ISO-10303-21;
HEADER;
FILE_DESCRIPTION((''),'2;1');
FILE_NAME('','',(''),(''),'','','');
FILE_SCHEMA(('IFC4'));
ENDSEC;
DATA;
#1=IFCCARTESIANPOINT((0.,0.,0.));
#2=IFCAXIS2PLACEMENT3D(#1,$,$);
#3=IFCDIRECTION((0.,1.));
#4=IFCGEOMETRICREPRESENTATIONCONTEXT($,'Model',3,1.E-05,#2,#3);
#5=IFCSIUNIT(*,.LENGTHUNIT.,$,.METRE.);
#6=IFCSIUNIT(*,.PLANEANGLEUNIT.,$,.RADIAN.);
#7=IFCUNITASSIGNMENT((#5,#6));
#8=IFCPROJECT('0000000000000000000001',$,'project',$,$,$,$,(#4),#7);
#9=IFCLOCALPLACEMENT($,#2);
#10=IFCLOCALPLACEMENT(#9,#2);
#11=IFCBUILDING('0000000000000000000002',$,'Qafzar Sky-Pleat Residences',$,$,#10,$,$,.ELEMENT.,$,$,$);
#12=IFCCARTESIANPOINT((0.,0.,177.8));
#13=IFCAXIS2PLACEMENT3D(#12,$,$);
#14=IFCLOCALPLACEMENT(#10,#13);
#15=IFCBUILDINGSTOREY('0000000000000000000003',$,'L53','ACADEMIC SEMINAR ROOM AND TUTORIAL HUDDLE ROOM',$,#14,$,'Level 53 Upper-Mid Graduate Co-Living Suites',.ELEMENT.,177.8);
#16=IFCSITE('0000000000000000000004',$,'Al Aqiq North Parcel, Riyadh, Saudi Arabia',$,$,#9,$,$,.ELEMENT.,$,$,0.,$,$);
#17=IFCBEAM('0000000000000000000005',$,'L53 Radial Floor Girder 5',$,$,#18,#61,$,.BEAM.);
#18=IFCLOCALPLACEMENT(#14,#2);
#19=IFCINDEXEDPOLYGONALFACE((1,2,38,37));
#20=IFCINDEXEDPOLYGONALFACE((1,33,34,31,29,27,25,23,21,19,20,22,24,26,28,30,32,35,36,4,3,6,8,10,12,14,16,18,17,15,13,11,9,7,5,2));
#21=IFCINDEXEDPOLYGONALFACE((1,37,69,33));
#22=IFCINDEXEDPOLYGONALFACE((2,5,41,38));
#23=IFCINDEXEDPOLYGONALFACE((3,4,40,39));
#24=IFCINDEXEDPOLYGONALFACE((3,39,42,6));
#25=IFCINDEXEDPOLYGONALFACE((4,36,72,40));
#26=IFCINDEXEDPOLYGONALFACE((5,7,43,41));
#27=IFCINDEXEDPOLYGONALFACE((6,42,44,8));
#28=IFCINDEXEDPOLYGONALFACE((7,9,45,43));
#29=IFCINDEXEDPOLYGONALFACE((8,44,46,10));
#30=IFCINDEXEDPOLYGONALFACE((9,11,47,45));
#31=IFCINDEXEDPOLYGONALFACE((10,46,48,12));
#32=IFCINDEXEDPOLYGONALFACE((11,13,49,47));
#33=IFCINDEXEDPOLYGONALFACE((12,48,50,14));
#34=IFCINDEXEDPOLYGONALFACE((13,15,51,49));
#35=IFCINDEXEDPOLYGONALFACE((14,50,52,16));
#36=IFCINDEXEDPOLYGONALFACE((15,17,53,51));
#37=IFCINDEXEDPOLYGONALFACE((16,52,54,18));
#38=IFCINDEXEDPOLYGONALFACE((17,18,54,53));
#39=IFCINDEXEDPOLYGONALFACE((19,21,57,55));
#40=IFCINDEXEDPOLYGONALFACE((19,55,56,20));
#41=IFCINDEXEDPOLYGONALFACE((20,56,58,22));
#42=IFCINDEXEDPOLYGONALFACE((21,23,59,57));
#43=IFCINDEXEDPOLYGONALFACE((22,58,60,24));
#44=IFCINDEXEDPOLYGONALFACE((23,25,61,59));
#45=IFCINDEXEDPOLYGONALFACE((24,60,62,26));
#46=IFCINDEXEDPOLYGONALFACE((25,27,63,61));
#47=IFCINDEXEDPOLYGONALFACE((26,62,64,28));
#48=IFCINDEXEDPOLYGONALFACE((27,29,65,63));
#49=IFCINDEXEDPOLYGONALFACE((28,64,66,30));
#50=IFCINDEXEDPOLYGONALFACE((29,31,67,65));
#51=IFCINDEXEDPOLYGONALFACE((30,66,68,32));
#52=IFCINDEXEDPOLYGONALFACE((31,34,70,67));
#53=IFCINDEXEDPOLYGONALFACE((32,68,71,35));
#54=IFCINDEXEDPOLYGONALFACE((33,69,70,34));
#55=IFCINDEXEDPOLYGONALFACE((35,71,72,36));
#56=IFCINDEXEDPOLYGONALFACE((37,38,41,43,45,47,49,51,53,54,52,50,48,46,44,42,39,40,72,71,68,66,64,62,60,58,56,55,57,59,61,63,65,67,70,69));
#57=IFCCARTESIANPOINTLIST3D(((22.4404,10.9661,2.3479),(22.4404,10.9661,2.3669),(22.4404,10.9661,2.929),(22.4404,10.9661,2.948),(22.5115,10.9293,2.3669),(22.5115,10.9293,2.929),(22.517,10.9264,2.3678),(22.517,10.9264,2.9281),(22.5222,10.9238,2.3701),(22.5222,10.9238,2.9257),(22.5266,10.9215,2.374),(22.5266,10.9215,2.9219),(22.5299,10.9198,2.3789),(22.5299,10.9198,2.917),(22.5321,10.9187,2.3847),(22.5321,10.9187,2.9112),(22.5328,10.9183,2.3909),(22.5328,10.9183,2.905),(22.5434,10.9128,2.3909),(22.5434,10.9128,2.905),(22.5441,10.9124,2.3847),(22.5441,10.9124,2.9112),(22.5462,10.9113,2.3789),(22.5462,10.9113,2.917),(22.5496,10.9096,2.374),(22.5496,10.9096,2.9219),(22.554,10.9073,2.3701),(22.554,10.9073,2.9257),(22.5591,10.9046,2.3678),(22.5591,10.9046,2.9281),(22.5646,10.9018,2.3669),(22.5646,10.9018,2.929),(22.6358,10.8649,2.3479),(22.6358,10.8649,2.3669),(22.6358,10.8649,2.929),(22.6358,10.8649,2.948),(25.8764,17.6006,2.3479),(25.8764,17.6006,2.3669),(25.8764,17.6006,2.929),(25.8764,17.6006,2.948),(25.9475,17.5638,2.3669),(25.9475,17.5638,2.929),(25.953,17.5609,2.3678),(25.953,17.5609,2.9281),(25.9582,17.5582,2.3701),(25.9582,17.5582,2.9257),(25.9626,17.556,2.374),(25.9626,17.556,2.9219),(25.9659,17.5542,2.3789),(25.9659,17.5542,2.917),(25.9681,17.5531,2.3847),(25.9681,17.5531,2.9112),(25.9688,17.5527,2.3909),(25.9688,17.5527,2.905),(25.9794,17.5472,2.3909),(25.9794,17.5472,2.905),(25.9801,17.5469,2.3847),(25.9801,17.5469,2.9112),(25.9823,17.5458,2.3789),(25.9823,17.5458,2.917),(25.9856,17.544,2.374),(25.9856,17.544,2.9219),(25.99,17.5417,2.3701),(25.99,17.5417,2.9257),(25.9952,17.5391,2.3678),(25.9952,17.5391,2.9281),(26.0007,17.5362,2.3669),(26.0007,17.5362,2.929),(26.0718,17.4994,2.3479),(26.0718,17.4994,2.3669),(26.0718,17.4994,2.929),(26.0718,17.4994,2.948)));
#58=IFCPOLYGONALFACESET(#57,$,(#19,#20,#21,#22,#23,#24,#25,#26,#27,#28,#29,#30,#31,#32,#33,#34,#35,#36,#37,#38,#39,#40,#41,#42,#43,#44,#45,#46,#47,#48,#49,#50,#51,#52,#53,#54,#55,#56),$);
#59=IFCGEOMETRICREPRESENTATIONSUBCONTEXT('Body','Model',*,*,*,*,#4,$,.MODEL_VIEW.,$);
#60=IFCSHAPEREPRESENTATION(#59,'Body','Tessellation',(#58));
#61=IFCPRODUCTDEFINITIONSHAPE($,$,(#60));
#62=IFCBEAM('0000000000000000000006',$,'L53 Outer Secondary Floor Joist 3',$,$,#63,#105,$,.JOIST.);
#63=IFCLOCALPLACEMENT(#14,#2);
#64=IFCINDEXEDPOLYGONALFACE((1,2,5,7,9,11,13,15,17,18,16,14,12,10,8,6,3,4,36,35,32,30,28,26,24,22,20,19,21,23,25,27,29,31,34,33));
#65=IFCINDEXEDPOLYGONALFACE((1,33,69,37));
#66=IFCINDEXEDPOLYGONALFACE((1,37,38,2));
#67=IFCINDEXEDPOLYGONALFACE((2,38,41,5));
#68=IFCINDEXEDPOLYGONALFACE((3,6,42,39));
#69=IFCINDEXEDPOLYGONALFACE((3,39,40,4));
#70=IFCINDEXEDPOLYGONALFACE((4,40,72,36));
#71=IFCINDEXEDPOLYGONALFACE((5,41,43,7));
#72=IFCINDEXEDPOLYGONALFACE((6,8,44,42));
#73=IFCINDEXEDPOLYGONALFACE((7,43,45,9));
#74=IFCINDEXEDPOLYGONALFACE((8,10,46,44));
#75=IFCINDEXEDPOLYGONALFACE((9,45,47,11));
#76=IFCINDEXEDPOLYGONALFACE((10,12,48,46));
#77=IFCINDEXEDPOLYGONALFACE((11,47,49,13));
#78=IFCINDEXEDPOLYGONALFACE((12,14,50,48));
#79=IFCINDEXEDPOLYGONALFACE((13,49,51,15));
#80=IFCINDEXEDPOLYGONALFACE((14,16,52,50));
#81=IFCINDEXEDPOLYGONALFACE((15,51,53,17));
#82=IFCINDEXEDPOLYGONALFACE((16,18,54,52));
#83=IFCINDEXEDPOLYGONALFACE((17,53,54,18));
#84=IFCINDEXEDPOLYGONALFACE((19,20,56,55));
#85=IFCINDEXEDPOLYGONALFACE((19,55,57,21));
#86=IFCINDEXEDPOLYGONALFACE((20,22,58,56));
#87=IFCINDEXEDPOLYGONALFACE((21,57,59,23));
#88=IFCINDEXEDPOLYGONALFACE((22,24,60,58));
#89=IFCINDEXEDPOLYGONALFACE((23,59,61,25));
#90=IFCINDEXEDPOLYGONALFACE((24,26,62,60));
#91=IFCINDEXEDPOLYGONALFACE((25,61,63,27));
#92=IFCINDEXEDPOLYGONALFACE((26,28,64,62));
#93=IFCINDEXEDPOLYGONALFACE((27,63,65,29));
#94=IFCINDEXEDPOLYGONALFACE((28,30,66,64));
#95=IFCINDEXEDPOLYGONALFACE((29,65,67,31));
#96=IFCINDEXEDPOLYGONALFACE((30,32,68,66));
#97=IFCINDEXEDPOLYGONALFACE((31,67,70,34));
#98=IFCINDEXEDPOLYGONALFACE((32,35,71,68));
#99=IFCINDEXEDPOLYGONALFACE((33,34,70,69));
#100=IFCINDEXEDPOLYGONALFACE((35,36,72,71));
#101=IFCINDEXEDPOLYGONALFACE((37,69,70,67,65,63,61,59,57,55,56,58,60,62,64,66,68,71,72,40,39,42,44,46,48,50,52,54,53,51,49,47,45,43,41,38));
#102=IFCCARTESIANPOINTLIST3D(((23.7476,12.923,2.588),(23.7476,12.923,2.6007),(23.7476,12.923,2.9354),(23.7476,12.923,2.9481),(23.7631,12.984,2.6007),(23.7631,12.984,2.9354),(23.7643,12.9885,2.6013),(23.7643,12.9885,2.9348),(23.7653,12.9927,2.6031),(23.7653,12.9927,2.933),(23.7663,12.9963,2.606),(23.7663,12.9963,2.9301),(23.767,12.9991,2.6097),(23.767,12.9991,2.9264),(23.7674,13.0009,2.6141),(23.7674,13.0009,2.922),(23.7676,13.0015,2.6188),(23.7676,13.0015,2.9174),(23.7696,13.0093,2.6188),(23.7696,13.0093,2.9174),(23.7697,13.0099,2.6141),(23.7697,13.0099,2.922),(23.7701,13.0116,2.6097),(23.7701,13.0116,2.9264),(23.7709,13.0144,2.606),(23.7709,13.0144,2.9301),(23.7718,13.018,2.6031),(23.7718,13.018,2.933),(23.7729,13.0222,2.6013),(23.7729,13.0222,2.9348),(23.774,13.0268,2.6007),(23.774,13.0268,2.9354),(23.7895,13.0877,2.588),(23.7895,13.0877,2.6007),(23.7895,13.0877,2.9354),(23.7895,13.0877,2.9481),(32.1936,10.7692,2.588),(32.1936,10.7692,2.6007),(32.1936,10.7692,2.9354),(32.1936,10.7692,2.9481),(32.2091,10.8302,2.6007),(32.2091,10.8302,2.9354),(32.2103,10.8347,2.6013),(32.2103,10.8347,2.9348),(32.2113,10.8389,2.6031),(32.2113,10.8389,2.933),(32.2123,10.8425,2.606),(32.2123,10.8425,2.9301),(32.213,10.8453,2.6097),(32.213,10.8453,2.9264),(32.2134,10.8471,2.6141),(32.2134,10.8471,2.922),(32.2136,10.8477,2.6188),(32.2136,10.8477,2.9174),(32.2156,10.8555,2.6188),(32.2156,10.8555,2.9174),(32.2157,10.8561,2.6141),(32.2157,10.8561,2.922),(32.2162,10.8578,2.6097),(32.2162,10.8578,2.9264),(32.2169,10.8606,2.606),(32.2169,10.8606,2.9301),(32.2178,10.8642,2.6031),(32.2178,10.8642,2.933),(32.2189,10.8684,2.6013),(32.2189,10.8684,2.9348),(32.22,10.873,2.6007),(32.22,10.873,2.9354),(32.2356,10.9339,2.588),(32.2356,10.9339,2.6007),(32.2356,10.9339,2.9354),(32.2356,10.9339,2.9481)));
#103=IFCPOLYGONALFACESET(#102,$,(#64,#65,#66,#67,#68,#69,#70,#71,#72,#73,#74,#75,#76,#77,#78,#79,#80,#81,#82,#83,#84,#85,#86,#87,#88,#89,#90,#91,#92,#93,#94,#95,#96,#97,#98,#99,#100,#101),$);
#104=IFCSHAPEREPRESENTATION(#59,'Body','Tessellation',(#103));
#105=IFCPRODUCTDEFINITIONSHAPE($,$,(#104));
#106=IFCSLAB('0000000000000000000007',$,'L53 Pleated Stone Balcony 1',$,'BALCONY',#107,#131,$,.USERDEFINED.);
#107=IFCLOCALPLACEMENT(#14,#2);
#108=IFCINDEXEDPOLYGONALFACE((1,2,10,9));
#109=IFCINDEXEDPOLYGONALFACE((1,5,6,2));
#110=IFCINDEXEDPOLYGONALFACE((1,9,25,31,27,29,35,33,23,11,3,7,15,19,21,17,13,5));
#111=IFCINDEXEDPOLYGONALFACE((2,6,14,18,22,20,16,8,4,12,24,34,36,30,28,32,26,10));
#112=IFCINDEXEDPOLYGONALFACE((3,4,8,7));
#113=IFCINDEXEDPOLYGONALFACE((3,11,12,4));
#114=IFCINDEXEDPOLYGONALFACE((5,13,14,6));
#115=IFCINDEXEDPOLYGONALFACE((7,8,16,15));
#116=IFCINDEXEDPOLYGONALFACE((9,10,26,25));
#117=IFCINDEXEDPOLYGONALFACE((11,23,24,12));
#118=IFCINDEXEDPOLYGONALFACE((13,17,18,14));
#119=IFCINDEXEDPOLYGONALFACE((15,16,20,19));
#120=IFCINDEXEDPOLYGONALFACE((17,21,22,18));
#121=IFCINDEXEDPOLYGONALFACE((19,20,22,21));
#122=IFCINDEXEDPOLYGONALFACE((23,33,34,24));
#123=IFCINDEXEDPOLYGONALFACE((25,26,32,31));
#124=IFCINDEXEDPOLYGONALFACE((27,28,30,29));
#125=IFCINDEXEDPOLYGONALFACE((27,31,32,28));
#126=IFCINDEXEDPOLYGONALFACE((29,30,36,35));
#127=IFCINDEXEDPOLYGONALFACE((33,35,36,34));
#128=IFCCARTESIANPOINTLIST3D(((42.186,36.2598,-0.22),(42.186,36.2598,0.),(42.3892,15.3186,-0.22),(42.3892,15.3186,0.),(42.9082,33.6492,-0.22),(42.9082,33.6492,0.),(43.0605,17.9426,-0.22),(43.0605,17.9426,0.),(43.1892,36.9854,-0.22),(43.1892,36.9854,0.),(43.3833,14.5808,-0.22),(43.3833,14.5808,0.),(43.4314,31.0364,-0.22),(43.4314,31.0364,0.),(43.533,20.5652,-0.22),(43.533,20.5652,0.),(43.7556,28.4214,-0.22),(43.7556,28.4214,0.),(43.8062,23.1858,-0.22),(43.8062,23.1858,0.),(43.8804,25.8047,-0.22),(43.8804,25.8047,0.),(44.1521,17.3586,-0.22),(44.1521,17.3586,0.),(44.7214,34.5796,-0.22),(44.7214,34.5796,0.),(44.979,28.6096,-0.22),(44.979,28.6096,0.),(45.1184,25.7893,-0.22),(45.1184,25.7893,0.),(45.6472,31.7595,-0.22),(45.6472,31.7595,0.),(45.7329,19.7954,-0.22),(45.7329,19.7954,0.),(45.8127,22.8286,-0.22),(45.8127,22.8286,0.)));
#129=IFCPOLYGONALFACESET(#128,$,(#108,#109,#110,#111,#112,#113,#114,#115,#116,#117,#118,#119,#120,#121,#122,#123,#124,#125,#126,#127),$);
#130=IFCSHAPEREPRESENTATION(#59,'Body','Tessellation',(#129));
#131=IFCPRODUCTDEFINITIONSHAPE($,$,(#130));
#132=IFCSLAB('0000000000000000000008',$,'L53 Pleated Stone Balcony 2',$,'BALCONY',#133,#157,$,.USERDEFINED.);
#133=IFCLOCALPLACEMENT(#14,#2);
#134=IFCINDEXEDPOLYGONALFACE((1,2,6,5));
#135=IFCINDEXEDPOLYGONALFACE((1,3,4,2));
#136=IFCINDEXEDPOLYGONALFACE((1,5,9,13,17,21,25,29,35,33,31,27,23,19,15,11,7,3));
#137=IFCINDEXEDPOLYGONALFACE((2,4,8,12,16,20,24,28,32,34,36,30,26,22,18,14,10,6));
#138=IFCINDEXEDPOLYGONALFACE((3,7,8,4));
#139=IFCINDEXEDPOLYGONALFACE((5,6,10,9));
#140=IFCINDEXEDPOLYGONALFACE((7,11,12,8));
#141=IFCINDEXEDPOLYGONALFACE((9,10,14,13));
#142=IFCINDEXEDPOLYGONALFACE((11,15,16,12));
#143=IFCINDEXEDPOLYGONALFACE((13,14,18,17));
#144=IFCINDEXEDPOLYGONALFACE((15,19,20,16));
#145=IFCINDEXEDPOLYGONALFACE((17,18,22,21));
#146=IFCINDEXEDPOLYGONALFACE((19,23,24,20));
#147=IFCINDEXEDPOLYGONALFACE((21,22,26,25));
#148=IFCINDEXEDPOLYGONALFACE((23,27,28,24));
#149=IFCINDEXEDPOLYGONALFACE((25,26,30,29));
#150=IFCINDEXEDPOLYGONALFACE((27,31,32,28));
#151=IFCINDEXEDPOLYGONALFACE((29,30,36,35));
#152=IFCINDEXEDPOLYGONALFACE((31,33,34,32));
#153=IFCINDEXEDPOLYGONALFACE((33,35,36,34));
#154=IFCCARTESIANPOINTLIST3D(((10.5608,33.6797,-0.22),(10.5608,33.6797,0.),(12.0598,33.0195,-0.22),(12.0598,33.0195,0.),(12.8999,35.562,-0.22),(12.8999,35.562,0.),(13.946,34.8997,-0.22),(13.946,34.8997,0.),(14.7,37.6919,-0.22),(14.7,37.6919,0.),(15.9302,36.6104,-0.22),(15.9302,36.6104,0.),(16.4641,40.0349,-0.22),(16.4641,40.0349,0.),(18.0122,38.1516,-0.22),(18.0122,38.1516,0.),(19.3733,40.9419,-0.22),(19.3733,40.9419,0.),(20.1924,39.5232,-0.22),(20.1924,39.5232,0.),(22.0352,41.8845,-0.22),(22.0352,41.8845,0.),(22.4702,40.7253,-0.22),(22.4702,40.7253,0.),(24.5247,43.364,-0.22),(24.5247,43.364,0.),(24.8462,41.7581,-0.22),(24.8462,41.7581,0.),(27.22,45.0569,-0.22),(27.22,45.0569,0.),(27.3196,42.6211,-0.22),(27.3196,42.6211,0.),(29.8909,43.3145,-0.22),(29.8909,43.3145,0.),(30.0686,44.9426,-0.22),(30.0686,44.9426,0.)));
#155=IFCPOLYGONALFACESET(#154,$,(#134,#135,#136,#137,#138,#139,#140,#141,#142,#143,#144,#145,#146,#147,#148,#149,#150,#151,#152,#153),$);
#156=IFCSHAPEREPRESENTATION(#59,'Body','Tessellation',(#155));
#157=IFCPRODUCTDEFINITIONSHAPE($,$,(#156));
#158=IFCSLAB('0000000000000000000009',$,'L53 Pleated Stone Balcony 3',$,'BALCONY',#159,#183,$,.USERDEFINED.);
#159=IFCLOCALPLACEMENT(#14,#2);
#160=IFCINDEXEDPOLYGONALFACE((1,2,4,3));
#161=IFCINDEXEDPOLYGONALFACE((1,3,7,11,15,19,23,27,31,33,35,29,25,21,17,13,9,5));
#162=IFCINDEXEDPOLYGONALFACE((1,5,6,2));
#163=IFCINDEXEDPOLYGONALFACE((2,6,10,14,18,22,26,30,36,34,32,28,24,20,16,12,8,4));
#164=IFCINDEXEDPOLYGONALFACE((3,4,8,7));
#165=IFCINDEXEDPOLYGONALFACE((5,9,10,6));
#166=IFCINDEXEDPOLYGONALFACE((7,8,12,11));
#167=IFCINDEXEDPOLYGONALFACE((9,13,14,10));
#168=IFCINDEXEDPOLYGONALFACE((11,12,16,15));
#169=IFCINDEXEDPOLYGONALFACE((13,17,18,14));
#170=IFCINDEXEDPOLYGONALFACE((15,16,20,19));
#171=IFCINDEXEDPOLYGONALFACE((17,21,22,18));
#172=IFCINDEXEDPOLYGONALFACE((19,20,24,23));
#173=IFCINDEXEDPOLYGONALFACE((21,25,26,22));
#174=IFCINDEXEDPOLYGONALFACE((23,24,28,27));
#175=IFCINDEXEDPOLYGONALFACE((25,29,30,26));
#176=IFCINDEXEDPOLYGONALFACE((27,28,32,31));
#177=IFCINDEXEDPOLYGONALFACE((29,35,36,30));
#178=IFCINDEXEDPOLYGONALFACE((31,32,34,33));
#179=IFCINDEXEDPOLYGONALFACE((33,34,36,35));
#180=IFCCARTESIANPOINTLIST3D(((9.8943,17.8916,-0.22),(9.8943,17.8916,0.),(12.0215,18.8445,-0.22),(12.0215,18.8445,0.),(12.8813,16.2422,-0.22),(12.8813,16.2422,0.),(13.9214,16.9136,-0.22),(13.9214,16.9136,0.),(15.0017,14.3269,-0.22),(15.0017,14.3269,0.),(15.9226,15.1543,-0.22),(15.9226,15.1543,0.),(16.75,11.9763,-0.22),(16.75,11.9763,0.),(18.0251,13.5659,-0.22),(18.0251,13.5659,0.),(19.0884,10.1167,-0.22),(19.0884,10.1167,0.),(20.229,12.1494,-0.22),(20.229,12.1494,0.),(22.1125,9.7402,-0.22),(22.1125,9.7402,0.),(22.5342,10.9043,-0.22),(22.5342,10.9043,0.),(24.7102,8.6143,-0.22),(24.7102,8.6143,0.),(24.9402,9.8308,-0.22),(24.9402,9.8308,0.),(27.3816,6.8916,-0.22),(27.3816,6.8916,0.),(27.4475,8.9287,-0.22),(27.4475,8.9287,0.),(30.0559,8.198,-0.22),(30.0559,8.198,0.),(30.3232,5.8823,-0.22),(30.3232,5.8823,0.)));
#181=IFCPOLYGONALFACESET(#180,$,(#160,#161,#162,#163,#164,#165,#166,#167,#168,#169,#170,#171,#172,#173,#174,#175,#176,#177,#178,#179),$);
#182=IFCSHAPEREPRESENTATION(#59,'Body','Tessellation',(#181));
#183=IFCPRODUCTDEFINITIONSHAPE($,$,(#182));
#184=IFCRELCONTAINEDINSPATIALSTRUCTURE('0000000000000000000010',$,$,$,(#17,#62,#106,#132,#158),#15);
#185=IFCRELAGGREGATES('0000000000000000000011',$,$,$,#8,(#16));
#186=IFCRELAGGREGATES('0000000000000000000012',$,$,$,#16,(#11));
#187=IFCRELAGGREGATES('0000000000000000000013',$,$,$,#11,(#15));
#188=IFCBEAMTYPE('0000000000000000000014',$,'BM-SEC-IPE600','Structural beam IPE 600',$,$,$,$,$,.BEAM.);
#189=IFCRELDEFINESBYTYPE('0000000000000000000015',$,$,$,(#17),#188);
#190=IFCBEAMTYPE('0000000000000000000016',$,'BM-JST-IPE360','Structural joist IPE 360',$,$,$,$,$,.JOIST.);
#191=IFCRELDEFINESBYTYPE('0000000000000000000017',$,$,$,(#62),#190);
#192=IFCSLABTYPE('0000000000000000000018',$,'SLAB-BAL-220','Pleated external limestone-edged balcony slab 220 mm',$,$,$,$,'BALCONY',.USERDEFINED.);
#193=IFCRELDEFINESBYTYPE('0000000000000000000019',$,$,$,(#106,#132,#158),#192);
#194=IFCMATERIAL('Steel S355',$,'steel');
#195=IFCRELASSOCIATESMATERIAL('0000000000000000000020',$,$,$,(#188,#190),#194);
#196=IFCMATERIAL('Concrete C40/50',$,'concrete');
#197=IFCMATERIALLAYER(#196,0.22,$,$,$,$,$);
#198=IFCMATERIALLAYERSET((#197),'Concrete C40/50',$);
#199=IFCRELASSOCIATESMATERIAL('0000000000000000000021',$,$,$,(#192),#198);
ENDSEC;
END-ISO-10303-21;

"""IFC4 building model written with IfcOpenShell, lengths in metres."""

from ifc_helpers import new_model, si_unit, direction, frame, origin, origin_2d, place, context, subcontext, project, spatial, polyline, i_section, outline, extrude, source, transform, mapped, material, layer, layer_set, material_profile, profile_set, type_object, element, save


model = new_model("IFC4")

# Units and contexts
model_context = context("Model", 3, precision=1e-05, world=origin(), true_north=direction((0.0, 1.0)))
body_context = subcontext(model_context, "Body", "Model", "MODEL_VIEW")
ifc_project = project(units=[si_unit("LENGTHUNIT", "METRE"), si_unit("PLANEANGLEUNIT", "RADIAN")], contexts=[model_context])

# Site, building, storey
site_placement = place(None, origin())
site = spatial("IfcSite", under=ifc_project, at=site_placement, Name="Al Aqiq North Parcel, Riyadh, Saudi Arabia", CompositionType="ELEMENT", RefElevation=0.0)
building_placement = place(site_placement, origin())
building = spatial("IfcBuilding", under=site, at=building_placement, Name="Qafzar Sky-Pleat Residences", CompositionType="ELEMENT")
storey_placement = place(building_placement, frame((0.0, 0.0, 177.8)))
storey = spatial("IfcBuildingStorey", under=building, at=storey_placement, Name="L53", Description="ACADEMIC SEMINAR ROOM AND TUTORIAL HUDDLE ROOM", LongName="Level 53 Upper-Mid Graduate Co-Living Suites", CompositionType="ELEMENT", Elevation=177.8)

# Shared definitions
ifc_material_1 = material(Name="Steel S355", Category="steel")

# Beams
ifc_material_profile_1 = material_profile(ifc_material_1, i_section(OverallWidth=0.22, OverallDepth=0.6001, WebThickness=0.012, FlangeThickness=0.019, FilletRadius=0.0239, at=origin_2d()), Name="IPE 600")
ifc_profile_set_1 = profile_set([ifc_material_profile_1], Name="Steel S355")
beam_type_1 = type_object("IfcBeamType", Name="BM-SEC-IPE600", Description="Structural beam IPE 600", PredefinedType="BEAM", material=ifc_profile_set_1)
shared_shape_1 = source(origin(), body_context, "Body", "SweptSolid", [
    extrude(i_section(OverallWidth=0.22, OverallDepth=0.6001, WebThickness=0.012, FlangeThickness=0.019, FilletRadius=0.0239, at=origin_2d()), origin(), (0.0, 0.0, 1.0), 7.4714),
])
beam_1_placement = place(storey_placement, frame((22.5381, 10.9155, 2.6479), z_axis=(0.459886, 0.887978, 0.0), x_axis=(-0.887978, 0.459886, 0.0)))
element("IfcBeam", 1, at=beam_1_placement, inside=storey, type_object=beam_type_1, Name="L53 Radial Floor Girder 5", PredefinedType="BEAM", context=body_context, shape_type="MappedRepresentation", body=[
    mapped(shared_shape_1, transform((0.0, 0.0, 0.0), x_axis=(1.0, 0.0, 0.0), y_axis=(0.0, 1.0, 0.0), z_axis=(0.0, 0.0, 1.0), scale=1.0)),
])
ifc_material_profile_2 = material_profile(ifc_material_1, i_section(OverallWidth=0.1699, OverallDepth=0.3601, WebThickness=0.0081, FlangeThickness=0.0127, FilletRadius=0.0181, at=origin_2d()), Name="IPE 360")
ifc_profile_set_2 = profile_set([ifc_material_profile_2], Name="Steel S355")
beam_type_2 = type_object("IfcBeamType", Name="BM-JST-IPE360", Description="Structural joist IPE 360", PredefinedType="JOIST", material=ifc_profile_set_2)
shared_shape_2 = source(origin(), body_context, "Body", "SweptSolid", [
    extrude(i_section(OverallWidth=0.1699, OverallDepth=0.3601, WebThickness=0.0081, FlangeThickness=0.0127, FilletRadius=0.0181, at=origin_2d()), origin(), (0.0, 0.0, 1.0), 8.7163),
])
beam_2_placement = place(storey_placement, frame((23.7686, 13.0054, 2.7681), z_axis=(0.96899, -0.2471, 0.0), x_axis=(0.2471, 0.96899, 0.0)))
element("IfcBeam", 2, at=beam_2_placement, inside=storey, type_object=beam_type_2, Name="L53 Outer Secondary Floor Joist 3", PredefinedType="JOIST", context=body_context, shape_type="MappedRepresentation", body=[
    mapped(shared_shape_2, transform((0.0, 0.0, 0.0), x_axis=(1.0, 0.0, 0.0), y_axis=(0.0, 1.0, 0.0), z_axis=(0.0, 0.0, 1.0), scale=1.0)),
])

# Slabs
ifc_material_2 = material(Name="Concrete C40/50", Category="concrete")
ifc_layer_1 = layer(ifc_material_2, 0.22)
ifc_layer_set_1 = layer_set([ifc_layer_1], Name="Concrete C40/50")
slab_type_1 = type_object("IfcSlabType", Name="SLAB-BAL-220", Description="Pleated external limestone-edged balcony slab 220 mm", ElementType="BALCONY", PredefinedType="USERDEFINED", material=ifc_layer_set_1)
slab_1_placement = place(storey_placement, frame((0.0, 0.0, -0.22)))
element("IfcSlab", 3, at=slab_1_placement, inside=storey, type_object=slab_type_1, Name="L53 Pleated Stone Balcony 1", ObjectType="BALCONY", PredefinedType="USERDEFINED", context=body_context, shape_type="SweptSolid", body=[
    extrude(outline(polyline([(43.0605, 17.9426), (43.533, 20.5652), (43.8062, 23.1858), (43.8804, 25.8047), (43.7556, 28.4214), (43.4314, 31.0364), (42.9082, 33.6492), (42.186, 36.2598), (43.1892, 36.9854), (44.7214, 34.5796), (45.6472, 31.7595), (44.979, 28.6096), (45.1184, 25.7893), (45.8127, 22.8286), (45.7329, 19.7954), (44.1521, 17.3586), (43.3833, 14.5808), (42.3892, 15.3186), (43.0605, 17.9426)])), origin(), (0.0, 0.0, 1.0), 0.22),
])
slab_2_placement = place(storey_placement, frame((0.0, 0.0, -0.22)))
element("IfcSlab", 4, at=slab_2_placement, inside=storey, type_object=slab_type_1, Name="L53 Pleated Stone Balcony 2", ObjectType="BALCONY", PredefinedType="USERDEFINED", context=body_context, shape_type="SweptSolid", body=[
    extrude(outline(polyline([(27.3196, 42.6211), (24.8462, 41.7581), (22.4702, 40.7253), (20.1924, 39.5232), (18.0122, 38.1516), (15.9302, 36.6104), (13.946, 34.8997), (12.0598, 33.0195), (10.5608, 33.6797), (12.8999, 35.562), (14.7, 37.6919), (16.4641, 40.0349), (19.3733, 40.9419), (22.0352, 41.8845), (24.5247, 43.364), (27.22, 45.0569), (30.0686, 44.9426), (29.8909, 43.3145), (27.3196, 42.6211)])), origin(), (0.0, 0.0, 1.0), 0.22),
])
slab_3_placement = place(storey_placement, frame((0.0, 0.0, -0.22)))
element("IfcSlab", 5, at=slab_3_placement, inside=storey, type_object=slab_type_1, Name="L53 Pleated Stone Balcony 3", ObjectType="BALCONY", PredefinedType="USERDEFINED", context=body_context, shape_type="SweptSolid", body=[
    extrude(outline(polyline([(13.9214, 16.9136), (15.9226, 15.1543), (18.0251, 13.5659), (20.229, 12.1494), (22.5342, 10.9043), (24.9402, 9.8308), (27.4475, 8.9287), (30.0559, 8.198), (30.3232, 5.8823), (27.3816, 6.8916), (24.7102, 8.6143), (22.1125, 9.7402), (19.0884, 10.1167), (16.75, 11.9763), (15.0017, 14.3269), (12.8813, 16.2422), (9.8943, 17.8916), (12.0215, 18.8445), (13.9214, 16.9136)])), origin(), (0.0, 0.0, 1.0), 0.22),
])

save(model, "model.ifc")
